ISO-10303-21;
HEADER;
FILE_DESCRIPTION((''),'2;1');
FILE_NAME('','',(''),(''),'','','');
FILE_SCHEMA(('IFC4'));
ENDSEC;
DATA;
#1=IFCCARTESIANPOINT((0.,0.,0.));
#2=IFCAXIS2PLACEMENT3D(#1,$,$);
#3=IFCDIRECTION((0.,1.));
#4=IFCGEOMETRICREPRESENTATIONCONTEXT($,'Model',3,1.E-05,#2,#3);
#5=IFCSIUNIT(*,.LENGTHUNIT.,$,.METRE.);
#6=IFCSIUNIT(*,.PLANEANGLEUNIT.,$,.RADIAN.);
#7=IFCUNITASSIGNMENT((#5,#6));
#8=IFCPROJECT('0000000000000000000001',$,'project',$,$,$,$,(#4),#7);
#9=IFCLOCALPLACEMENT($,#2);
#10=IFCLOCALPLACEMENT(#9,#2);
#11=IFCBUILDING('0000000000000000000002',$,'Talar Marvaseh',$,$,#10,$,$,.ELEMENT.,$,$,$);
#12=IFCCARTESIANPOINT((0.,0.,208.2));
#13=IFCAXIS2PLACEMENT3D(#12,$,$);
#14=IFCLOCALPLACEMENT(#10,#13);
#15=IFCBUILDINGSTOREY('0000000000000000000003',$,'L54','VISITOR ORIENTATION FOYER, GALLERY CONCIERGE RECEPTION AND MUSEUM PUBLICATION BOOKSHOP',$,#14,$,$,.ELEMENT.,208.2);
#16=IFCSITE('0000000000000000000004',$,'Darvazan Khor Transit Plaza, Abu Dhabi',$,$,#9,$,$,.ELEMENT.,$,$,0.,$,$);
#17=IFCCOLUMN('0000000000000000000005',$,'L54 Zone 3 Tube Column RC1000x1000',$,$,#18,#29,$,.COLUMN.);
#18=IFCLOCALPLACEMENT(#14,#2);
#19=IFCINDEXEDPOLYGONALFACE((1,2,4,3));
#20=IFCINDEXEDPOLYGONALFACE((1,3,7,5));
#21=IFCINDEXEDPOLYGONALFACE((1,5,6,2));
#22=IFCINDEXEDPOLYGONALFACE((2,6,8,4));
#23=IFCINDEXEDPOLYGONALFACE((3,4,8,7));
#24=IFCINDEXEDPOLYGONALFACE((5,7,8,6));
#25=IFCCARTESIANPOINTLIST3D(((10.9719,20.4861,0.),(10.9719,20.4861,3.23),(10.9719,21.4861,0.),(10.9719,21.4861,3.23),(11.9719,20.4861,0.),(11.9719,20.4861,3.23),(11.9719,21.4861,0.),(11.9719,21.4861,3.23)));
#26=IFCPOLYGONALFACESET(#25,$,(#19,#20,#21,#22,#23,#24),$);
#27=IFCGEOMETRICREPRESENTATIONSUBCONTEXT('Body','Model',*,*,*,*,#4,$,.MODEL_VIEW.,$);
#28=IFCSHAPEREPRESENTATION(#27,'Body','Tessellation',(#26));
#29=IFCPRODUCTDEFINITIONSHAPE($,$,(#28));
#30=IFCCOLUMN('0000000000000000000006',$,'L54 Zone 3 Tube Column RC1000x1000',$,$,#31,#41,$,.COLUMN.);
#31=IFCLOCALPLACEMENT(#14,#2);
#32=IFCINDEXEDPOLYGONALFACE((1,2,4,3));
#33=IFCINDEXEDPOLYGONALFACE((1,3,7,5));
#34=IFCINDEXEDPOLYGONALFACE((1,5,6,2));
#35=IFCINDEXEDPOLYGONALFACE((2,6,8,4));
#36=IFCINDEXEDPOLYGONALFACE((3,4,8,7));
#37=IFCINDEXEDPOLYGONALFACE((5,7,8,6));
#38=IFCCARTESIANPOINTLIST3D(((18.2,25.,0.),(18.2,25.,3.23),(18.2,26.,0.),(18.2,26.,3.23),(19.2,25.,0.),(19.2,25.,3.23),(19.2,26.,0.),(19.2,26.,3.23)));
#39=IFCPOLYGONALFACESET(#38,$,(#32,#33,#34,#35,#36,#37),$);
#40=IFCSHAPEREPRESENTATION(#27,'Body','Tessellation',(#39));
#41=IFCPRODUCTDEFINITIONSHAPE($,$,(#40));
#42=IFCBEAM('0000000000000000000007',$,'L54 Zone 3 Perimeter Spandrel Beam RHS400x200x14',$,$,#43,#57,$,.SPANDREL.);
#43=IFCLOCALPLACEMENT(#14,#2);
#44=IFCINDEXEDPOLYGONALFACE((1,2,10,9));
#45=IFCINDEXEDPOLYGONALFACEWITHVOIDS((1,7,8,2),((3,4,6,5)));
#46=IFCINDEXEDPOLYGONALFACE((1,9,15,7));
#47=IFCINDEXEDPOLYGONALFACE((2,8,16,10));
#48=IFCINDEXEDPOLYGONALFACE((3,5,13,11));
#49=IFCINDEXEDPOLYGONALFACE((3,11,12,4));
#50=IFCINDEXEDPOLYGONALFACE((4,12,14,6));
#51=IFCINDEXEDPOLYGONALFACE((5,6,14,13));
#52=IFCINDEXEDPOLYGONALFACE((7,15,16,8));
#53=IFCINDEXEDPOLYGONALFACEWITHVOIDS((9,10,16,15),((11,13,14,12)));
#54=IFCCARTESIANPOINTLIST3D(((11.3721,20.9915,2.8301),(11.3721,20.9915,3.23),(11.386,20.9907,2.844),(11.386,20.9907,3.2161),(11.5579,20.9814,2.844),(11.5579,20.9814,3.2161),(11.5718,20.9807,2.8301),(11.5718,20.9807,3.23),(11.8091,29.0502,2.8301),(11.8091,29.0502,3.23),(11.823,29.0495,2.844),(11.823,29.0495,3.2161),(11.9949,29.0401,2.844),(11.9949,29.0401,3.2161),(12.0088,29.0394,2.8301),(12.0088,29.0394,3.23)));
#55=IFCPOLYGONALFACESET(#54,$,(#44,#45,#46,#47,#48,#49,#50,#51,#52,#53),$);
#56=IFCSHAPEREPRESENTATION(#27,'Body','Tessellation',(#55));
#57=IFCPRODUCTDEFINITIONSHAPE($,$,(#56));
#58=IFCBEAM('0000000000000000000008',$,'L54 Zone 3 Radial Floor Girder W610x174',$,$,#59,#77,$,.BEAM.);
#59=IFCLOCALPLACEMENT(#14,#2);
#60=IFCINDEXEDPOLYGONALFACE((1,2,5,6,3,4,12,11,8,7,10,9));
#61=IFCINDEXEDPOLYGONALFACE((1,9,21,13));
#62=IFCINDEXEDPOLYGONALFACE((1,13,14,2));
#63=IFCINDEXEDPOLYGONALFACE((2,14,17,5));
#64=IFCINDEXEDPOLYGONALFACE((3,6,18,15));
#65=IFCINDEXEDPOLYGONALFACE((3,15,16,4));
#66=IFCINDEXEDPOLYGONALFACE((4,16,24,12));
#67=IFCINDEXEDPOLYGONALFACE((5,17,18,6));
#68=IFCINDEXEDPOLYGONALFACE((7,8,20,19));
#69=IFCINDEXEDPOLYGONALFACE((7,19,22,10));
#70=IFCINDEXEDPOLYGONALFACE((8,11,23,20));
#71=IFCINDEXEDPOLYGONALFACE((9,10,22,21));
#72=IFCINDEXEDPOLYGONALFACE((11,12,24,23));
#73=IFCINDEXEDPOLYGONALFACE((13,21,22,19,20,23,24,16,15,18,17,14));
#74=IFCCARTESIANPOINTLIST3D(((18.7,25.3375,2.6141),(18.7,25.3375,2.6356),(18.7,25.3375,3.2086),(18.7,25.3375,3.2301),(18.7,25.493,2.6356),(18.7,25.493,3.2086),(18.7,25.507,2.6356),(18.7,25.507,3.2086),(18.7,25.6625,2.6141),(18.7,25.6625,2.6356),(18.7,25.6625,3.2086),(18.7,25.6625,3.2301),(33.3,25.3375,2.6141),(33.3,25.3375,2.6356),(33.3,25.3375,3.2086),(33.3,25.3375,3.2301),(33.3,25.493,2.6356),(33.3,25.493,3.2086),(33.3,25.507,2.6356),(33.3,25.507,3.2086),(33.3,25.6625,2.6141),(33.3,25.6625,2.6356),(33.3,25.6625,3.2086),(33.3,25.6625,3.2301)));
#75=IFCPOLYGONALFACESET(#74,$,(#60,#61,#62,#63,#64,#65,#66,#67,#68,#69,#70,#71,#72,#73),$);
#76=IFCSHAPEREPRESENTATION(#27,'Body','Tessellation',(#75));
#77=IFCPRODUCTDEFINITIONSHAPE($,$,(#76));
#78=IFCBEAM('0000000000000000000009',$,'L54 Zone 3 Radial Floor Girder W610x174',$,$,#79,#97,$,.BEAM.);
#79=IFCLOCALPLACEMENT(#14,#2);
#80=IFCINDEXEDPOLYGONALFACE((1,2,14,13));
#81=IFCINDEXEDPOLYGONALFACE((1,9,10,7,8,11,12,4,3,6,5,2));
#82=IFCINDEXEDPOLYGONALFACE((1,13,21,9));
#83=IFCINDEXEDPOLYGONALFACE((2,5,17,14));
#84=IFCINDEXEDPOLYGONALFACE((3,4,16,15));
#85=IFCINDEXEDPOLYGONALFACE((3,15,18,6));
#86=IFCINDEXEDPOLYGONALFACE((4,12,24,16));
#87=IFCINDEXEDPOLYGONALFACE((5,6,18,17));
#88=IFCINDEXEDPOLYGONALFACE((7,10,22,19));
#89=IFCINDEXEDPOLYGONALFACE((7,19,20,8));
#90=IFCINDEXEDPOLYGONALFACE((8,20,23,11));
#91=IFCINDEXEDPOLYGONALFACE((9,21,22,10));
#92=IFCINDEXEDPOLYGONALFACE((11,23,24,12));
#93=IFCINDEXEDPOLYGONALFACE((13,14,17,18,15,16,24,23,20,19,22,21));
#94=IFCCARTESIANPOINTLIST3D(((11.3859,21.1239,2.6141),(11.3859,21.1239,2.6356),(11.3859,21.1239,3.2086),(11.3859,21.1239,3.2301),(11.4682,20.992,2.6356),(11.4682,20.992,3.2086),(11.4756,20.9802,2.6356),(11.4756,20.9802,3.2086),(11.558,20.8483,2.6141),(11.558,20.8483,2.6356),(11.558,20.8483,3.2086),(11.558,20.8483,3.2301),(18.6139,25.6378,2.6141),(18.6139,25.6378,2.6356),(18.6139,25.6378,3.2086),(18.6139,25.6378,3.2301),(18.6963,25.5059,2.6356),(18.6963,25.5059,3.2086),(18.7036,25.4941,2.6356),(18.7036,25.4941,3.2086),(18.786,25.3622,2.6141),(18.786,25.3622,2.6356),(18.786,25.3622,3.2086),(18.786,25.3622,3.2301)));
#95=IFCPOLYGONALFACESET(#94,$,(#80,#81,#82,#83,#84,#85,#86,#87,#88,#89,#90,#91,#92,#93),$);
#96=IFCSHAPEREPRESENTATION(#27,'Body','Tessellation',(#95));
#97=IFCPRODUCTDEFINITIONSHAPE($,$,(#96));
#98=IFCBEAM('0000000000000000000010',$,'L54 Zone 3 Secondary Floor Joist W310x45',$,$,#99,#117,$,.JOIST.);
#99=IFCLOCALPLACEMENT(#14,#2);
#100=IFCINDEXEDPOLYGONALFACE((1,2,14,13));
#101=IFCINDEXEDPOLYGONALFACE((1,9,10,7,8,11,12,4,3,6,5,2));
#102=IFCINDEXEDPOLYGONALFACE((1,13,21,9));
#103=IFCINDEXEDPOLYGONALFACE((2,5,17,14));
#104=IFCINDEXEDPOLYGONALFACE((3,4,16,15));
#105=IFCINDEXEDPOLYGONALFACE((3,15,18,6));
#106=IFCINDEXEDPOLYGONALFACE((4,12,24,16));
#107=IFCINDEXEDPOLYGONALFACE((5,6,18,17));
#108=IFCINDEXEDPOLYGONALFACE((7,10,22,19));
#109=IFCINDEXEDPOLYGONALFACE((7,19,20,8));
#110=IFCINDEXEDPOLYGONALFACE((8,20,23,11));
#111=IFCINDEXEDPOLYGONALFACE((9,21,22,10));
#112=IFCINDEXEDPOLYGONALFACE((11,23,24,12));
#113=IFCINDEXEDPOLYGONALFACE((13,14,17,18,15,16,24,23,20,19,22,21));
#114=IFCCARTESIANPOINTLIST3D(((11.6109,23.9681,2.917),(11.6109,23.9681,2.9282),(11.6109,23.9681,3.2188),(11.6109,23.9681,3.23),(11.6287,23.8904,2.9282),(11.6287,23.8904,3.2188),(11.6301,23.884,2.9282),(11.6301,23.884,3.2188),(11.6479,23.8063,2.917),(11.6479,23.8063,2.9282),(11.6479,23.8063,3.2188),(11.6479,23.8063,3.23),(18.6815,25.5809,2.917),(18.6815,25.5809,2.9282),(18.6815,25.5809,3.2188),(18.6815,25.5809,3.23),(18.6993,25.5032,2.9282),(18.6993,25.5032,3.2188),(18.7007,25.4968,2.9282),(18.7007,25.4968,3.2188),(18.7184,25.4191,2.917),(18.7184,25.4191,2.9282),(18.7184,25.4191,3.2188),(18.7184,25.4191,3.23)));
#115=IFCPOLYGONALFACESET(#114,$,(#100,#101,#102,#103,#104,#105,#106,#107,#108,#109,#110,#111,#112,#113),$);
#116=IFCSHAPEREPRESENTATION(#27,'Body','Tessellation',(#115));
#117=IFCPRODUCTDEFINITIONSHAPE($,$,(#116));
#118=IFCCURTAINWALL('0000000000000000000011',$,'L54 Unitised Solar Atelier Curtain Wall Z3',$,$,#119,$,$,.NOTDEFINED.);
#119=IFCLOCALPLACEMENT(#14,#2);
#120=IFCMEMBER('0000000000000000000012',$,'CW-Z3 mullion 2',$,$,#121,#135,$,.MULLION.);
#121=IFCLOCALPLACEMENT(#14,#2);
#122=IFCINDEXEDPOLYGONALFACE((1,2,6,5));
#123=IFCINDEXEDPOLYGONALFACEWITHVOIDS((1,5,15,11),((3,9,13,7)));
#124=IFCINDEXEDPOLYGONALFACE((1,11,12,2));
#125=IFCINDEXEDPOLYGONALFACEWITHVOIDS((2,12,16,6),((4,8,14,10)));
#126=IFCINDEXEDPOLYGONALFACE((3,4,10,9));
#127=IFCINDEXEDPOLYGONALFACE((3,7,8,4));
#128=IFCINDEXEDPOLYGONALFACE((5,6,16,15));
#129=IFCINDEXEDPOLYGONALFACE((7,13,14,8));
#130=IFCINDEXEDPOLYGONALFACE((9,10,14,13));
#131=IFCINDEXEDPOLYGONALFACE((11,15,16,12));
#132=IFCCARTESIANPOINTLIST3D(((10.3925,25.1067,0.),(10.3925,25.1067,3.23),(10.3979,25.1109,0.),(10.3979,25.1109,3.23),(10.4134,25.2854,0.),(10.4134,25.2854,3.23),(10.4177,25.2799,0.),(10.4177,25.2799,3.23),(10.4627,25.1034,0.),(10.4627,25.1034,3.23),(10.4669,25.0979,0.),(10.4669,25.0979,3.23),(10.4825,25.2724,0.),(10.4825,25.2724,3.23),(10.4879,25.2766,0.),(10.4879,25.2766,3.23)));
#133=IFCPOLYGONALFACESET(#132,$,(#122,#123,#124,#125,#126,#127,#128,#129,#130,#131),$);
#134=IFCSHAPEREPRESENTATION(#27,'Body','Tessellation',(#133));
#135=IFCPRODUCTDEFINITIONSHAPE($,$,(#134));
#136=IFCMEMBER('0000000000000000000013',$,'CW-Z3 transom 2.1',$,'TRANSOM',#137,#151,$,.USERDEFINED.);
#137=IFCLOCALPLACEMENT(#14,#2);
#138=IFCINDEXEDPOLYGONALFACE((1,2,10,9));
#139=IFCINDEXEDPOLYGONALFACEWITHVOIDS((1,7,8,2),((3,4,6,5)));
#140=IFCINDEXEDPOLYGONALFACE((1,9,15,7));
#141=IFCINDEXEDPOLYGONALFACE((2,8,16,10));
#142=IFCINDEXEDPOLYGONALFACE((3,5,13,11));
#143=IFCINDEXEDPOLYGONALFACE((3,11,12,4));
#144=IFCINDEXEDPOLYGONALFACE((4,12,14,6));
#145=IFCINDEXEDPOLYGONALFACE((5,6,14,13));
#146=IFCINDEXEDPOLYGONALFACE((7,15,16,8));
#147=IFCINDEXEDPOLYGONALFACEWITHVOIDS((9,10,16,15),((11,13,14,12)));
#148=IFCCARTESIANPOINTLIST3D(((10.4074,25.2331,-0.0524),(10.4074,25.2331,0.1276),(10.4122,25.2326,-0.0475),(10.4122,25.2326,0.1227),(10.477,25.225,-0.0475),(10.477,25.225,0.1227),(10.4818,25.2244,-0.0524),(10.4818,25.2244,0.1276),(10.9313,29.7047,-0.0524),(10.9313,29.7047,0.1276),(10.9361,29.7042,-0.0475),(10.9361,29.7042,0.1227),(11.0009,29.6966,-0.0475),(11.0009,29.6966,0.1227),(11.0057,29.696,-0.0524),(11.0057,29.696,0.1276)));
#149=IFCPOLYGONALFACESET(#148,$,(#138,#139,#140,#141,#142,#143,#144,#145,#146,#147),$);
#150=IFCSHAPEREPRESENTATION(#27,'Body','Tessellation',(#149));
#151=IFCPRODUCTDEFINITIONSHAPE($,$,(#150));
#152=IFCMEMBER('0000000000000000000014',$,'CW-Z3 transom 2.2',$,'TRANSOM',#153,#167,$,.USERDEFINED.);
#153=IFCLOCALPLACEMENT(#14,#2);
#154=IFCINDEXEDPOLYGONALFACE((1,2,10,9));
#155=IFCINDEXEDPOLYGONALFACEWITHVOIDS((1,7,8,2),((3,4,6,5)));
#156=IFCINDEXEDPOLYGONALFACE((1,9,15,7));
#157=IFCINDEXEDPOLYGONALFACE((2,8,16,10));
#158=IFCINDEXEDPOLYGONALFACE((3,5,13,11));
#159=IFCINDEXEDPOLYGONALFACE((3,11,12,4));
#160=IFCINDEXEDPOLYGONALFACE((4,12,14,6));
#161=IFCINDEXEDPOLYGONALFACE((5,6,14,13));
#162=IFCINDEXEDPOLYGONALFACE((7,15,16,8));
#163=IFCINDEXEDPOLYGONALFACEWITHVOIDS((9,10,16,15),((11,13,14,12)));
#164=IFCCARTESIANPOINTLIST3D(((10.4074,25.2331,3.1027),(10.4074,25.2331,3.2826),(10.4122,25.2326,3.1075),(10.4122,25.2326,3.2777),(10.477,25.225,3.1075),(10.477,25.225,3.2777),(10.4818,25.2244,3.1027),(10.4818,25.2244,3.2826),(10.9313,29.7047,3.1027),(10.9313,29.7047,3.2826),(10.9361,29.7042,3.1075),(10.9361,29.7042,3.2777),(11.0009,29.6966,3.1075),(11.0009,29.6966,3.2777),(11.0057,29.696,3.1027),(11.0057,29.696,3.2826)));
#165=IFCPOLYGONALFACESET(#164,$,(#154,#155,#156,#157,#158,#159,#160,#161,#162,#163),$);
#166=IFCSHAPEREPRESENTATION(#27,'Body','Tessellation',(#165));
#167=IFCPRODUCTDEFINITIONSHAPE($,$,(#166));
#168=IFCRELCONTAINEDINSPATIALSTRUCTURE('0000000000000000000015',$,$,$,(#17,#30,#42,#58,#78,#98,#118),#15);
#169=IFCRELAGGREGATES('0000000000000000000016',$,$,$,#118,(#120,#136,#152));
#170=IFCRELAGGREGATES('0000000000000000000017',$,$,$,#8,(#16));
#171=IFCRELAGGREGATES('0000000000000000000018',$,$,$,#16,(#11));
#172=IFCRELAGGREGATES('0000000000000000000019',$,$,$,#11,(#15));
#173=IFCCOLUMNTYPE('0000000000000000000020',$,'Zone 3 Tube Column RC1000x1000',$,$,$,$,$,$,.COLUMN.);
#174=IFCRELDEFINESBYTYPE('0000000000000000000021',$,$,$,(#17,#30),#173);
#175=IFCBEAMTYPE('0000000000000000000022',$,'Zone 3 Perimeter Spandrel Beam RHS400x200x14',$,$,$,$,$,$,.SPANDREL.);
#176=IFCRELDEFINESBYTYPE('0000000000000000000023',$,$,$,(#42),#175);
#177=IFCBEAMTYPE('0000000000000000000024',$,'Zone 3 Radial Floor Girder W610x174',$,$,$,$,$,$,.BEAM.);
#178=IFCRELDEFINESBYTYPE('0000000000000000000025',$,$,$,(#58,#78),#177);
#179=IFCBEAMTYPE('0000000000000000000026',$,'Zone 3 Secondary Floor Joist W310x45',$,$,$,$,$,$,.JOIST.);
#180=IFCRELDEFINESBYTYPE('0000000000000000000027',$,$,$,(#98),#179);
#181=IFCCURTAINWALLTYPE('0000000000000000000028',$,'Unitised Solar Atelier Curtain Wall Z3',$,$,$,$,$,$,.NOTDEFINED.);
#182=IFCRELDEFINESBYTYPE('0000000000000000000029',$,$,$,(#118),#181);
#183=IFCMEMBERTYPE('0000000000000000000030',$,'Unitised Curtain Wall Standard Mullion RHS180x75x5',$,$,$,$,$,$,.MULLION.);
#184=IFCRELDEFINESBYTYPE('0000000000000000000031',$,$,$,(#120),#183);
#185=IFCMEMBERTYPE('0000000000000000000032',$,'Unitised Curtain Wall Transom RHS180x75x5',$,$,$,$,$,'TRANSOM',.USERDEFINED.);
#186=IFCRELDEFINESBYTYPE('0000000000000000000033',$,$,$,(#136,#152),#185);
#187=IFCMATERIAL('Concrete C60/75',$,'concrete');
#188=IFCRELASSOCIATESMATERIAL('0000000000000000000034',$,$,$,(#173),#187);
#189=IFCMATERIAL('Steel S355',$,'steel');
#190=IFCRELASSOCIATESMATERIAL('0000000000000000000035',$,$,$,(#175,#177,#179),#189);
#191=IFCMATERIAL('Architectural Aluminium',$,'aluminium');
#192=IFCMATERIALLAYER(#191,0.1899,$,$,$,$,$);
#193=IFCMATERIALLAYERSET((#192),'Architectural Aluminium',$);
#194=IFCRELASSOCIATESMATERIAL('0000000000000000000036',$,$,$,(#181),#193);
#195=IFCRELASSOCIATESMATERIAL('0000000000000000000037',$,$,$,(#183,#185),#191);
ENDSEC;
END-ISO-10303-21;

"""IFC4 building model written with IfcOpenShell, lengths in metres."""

from ifc_helpers import new_model, si_unit, direction, frame, origin, origin_2d, place, context, subcontext, project, spatial, rectangle, hollow_rectangle, i_section, extrude, source, transform, mapped, material, layer, layer_set, material_profile, profile_set, type_object, type_shapes, element, aggregate, save


model = new_model("IFC4")

# Units and contexts
model_context = context("Model", 3, precision=1e-05, world=origin(), true_north=direction((0.0, 1.0)))
body_context = subcontext(model_context, "Body", "Model", "MODEL_VIEW")
ifc_project = project(units=[si_unit("LENGTHUNIT", "METRE"), si_unit("PLANEANGLEUNIT", "RADIAN")], contexts=[model_context])

# Site, building, storey
site_placement = place(None, origin())
site = spatial("IfcSite", under=ifc_project, at=site_placement, Name="Darvazan Khor Transit Plaza, Abu Dhabi", CompositionType="ELEMENT", RefElevation=0.0)
building_placement = place(site_placement, origin())
building = spatial("IfcBuilding", under=site, at=building_placement, Name="Talar Marvaseh", CompositionType="ELEMENT")
storey_placement = place(building_placement, frame((0.0, 0.0, 208.2)))
storey = spatial("IfcBuildingStorey", under=building, at=storey_placement, Name="L54", Description="VISITOR ORIENTATION FOYER, GALLERY CONCIERGE RECEPTION AND MUSEUM PUBLICATION BOOKSHOP", CompositionType="ELEMENT", Elevation=208.2)

# Columns
ifc_material_1 = material(Name="Concrete C60/75", Category="concrete")
ifc_material_profile_1 = material_profile(ifc_material_1, rectangle(XDim=1.0, YDim=1.0, at=origin_2d()), Name="RC1000x1000")
ifc_profile_set_1 = profile_set([ifc_material_profile_1], Name="Concrete C60/75")
column_type = type_object("IfcColumnType", Name="Zone 3 Tube Column RC1000x1000", PredefinedType="COLUMN", material=ifc_profile_set_1)
for number, where, z_axis, x_axis, name in (
    (1, (11.4719, 20.9861, 0.0), (0.0, 0.0, 1.0), (1.0, 0.0, 0.0), "L54 Zone 3 Tube Column RC1000x1000"),
    (2, (18.7, 25.5, 0.0), (0.0, 0.0, 1.0), (1.0, 0.0, 0.0), "L54 Zone 3 Tube Column RC1000x1000"),
):
    element("IfcColumn", number, at=place(storey_placement, frame(where, z_axis=z_axis, x_axis=x_axis)), inside=storey, type_object=column_type, Name=name, PredefinedType="COLUMN", context=body_context, shape_type="SweptSolid", body=[
        extrude(rectangle(XDim=1.0, YDim=1.0, at=origin_2d()), origin(), (0.0, 0.0, 1.0), 3.23),
    ])

# Beams
ifc_material_2 = material(Name="Steel S355", Category="steel")
ifc_material_profile_2 = material_profile(ifc_material_2, hollow_rectangle(XDim=0.2, YDim=0.3999, WallThickness=0.0139, at=origin_2d()), Name="RHS400x200x14")
ifc_profile_set_2 = profile_set([ifc_material_profile_2], Name="Steel S355")
beam_type_1 = type_object("IfcBeamType", Name="Zone 3 Perimeter Spandrel Beam RHS400x200x14", PredefinedType="SPANDREL", material=ifc_profile_set_2)
beam_1_placement = place(storey_placement, frame((11.4719, 20.9861, 3.03), z_axis=(0.054148, 0.998533, 0.0), x_axis=(-0.998533, 0.054148, 0.0)))
element("IfcBeam", 3, at=beam_1_placement, inside=storey, type_object=beam_type_1, Name="L54 Zone 3 Perimeter Spandrel Beam RHS400x200x14", PredefinedType="SPANDREL", context=body_context, shape_type="SweptSolid", body=[
    extrude(hollow_rectangle(XDim=0.2, YDim=0.3999, WallThickness=0.0139, at=origin_2d()), origin(), (0.0, 0.0, 1.0), 8.0706),
])
ifc_material_profile_3 = material_profile(ifc_material_2, i_section(OverallWidth=0.325, OverallDepth=0.616, WebThickness=0.0139, FlangeThickness=0.0215, at=origin_2d()), Name="W610x174")
ifc_profile_set_3 = profile_set([ifc_material_profile_3], Name="Steel S355")
beam_type_2 = type_object("IfcBeamType", Name="Zone 3 Radial Floor Girder W610x174", PredefinedType="BEAM", material=ifc_profile_set_3)
beam_2_placement = place(storey_placement, frame((18.7, 25.5, 2.9221), z_axis=(1.0, 0.0, 0.0), x_axis=(0.0, 1.0, 0.0)))
element("IfcBeam", 4, at=beam_2_placement, inside=storey, type_object=beam_type_2, Name="L54 Zone 3 Radial Floor Girder W610x174", PredefinedType="BEAM", context=body_context, shape_type="SweptSolid", body=[
    extrude(i_section(OverallWidth=0.325, OverallDepth=0.616, WebThickness=0.0139, FlangeThickness=0.0215, at=origin_2d()), origin(), (0.0, 0.0, 1.0), 14.6001),
])
beam_3_placement = place(storey_placement, frame((11.4719, 20.9861, 2.9221), z_axis=(0.848188, 0.529695, 0.0), x_axis=(-0.529695, 0.848188, 0.0)))
element("IfcBeam", 5, at=beam_3_placement, inside=storey, type_object=beam_type_2, Name="L54 Zone 3 Radial Floor Girder W610x174", PredefinedType="BEAM", context=body_context, shape_type="SweptSolid", body=[
    extrude(i_section(OverallWidth=0.325, OverallDepth=0.616, WebThickness=0.0139, FlangeThickness=0.0215, at=origin_2d()), origin(), (0.0, 0.0, 1.0), 8.5217),
])
ifc_material_profile_4 = material_profile(ifc_material_2, i_section(OverallWidth=0.166, OverallDepth=0.313, WebThickness=0.0066, FlangeThickness=0.0112, at=origin_2d()), Name="W310x45")
ifc_profile_set_4 = profile_set([ifc_material_profile_4], Name="Steel S355")
beam_type_3 = type_object("IfcBeamType", Name="Zone 3 Secondary Floor Joist W310x45", PredefinedType="JOIST", material=ifc_profile_set_4)
beam_4_placement = place(storey_placement, frame((11.6294, 23.8872, 3.0735), z_axis=(0.974958, 0.222388, 0.0), x_axis=(-0.222388, 0.974958, 0.0)))
element("IfcBeam", 6, at=beam_4_placement, inside=storey, type_object=beam_type_3, Name="L54 Zone 3 Secondary Floor Joist W310x45", PredefinedType="JOIST", context=body_context, shape_type="SweptSolid", body=[
    extrude(i_section(OverallWidth=0.166, OverallDepth=0.313, WebThickness=0.0066, FlangeThickness=0.0112, at=origin_2d()), origin(), (0.0, 0.0, 1.0), 7.2522),
])

# Curtain wall, members
ifc_material_3 = material(Name="Architectural Aluminium", Category="aluminium")
ifc_layer_1 = layer(ifc_material_3, 0.1899)
ifc_layer_set_1 = layer_set([ifc_layer_1], Name="Architectural Aluminium")
curtain_wall_type = type_object("IfcCurtainWallType", Name="Unitised Solar Atelier Curtain Wall Z3", PredefinedType="NOTDEFINED", material=ifc_layer_set_1)
curtain_wall_placement = place(storey_placement, origin())
curtain_wall = element("IfcCurtainWall", 7, at=curtain_wall_placement, inside=storey, type_object=curtain_wall_type, Name="L54 Unitised Solar Atelier Curtain Wall Z3", PredefinedType="NOTDEFINED")
ifc_material_profile_5 = material_profile(ifc_material_3, hollow_rectangle(XDim=0.075, YDim=0.1799, WallThickness=0.0049, at=origin_2d()), Name="RHS180x75x5")
ifc_profile_set_5 = profile_set([ifc_material_profile_5], Name="Architectural Aluminium")
member_type_1 = type_object("IfcMemberType", Name="Unitised Curtain Wall Standard Mullion RHS180x75x5", PredefinedType="MULLION", material=ifc_profile_set_5)
shared_shape_1 = source(origin(), body_context, "Body", "SweptSolid", [
    extrude(hollow_rectangle(XDim=0.075, YDim=0.1799, WallThickness=0.0049, at=origin_2d()), origin(), (0.0, 0.0, 1.0), 3.23),
])
type_shapes(member_type_1, [shared_shape_1])
member_1_placement = place(storey_placement, frame((10.4402, 25.1917, 0.0), z_axis=(0.0, 0.0, 1.0), x_axis=(-0.993206, 0.116366, 0.0)))
member_1 = element("IfcMember", 8, at=member_1_placement, type_object=member_type_1, Name="CW-Z3 mullion 2", PredefinedType="MULLION", context=body_context, shape_type="MappedRepresentation", body=[
    mapped(shared_shape_1, transform((0.0, 0.0, 0.0), x_axis=(1.0, 0.0, 0.0), y_axis=(0.0, 1.0, 0.0), z_axis=(0.0, 0.0, 1.0), scale=1.0)),
])
ifc_material_profile_6 = material_profile(ifc_material_3, hollow_rectangle(XDim=0.075, YDim=0.1799, WallThickness=0.0049, at=origin_2d()), Name="RHS180x75x5")
ifc_profile_set_6 = profile_set([ifc_material_profile_6], Name="Architectural Aluminium")
member_type_2 = type_object("IfcMemberType", Name="Unitised Curtain Wall Transom RHS180x75x5", ElementType="TRANSOM", PredefinedType="USERDEFINED", material=ifc_profile_set_6)
shared_shape_2 = source(origin(), body_context, "Body", "SweptSolid", [
    extrude(hollow_rectangle(XDim=0.075, YDim=0.1799, WallThickness=0.0049, at=origin_2d()), origin(), (0.0, 0.0, 1.0), 4.5022),
])
type_shapes(member_type_2, [shared_shape_2])
member_2_placement = place(storey_placement, frame((10.4446, 25.2288, 0.0376), z_axis=(0.116369, 0.993206, 0.0), x_axis=(-0.993206, 0.116369, 0.0)))
member_2 = element("IfcMember", 9, at=member_2_placement, type_object=member_type_2, Name="CW-Z3 transom 2.1", ObjectType="TRANSOM", PredefinedType="USERDEFINED", context=body_context, shape_type="MappedRepresentation", body=[
    mapped(shared_shape_2, transform((0.0, 0.0, 0.0), x_axis=(1.0, 0.0, 0.0), y_axis=(0.0, 1.0, 0.0), z_axis=(0.0, 0.0, 1.0), scale=1.0)),
])
member_3_placement = place(storey_placement, frame((10.4446, 25.2288, 3.1926), z_axis=(0.116369, 0.993206, 0.0), x_axis=(-0.993206, 0.116369, 0.0)))
member_3 = element("IfcMember", 10, at=member_3_placement, type_object=member_type_2, Name="CW-Z3 transom 2.2", ObjectType="TRANSOM", PredefinedType="USERDEFINED", context=body_context, shape_type="MappedRepresentation", body=[
    mapped(shared_shape_2, transform((0.0, 0.0, 0.0), x_axis=(1.0, 0.0, 0.0), y_axis=(0.0, 1.0, 0.0), z_axis=(0.0, 0.0, 1.0), scale=1.0)),
])
aggregate(curtain_wall, [member_1, member_2, member_3])

save(model, "model.ifc")
